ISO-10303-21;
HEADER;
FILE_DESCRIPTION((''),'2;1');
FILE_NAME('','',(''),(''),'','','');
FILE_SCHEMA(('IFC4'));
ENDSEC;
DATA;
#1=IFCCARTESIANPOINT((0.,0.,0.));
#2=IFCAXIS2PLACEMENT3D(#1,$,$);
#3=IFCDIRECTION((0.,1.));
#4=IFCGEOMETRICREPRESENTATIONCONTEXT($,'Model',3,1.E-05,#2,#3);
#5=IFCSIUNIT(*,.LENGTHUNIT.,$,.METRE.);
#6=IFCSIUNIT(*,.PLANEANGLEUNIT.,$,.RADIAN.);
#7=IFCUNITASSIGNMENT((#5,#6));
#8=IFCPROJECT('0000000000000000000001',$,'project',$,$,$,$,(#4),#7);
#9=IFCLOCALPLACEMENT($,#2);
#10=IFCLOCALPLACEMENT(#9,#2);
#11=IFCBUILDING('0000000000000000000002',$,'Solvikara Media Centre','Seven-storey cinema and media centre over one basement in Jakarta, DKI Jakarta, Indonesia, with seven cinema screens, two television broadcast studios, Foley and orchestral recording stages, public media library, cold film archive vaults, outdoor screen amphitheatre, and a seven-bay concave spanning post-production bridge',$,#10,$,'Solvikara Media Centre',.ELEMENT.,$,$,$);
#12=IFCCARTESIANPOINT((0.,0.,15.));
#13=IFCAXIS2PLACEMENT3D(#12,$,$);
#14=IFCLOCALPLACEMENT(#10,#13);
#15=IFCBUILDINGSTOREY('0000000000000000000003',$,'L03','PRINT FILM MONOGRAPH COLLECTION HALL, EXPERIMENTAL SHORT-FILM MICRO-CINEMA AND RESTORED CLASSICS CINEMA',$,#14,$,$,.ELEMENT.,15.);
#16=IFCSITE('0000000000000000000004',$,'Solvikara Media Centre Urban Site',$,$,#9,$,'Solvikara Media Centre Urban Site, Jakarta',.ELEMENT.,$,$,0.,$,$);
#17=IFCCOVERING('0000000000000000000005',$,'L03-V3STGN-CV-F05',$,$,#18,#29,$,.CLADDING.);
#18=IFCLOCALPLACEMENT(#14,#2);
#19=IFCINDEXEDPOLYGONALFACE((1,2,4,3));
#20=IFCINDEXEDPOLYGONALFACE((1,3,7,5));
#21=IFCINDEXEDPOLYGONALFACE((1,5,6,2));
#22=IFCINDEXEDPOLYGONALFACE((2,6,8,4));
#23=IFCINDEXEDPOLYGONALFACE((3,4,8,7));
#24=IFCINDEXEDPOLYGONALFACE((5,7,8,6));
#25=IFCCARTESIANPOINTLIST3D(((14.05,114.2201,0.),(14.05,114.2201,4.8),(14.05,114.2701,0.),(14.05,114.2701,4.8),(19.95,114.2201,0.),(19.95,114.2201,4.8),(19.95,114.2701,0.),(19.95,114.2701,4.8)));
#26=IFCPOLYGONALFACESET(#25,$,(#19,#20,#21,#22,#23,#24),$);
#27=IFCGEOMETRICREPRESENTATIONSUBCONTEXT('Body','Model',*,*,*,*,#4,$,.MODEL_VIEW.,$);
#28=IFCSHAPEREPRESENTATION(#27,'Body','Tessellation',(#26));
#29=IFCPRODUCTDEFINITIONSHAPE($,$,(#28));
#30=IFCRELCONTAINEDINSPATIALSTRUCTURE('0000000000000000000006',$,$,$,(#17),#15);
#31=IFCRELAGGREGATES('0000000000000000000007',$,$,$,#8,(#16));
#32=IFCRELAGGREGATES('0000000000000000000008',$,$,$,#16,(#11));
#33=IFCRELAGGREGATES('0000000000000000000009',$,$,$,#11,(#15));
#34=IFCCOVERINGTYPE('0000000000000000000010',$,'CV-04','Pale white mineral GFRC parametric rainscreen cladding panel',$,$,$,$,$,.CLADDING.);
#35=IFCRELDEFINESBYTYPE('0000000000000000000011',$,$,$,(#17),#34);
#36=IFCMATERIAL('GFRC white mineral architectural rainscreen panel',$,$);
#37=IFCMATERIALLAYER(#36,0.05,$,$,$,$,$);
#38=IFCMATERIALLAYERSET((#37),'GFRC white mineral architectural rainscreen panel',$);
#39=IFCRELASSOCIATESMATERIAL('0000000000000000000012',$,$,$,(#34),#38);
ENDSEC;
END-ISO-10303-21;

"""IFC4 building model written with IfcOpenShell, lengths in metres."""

from ifc_helpers import new_model, si_unit, direction, frame, origin, origin_2d, place, context, subcontext, project, spatial, rectangle, extrude, material, layer, layer_set, type_object, element, save


model = new_model("IFC4")

# Units and contexts
model_context = context("Model", 3, precision=1e-05, world=origin(), true_north=direction((0.0, 1.0)))
body_context = subcontext(model_context, "Body", "Model", "MODEL_VIEW")
ifc_project = project(units=[si_unit("LENGTHUNIT", "METRE"), si_unit("PLANEANGLEUNIT", "RADIAN")], contexts=[model_context])

# Site, building, storey
site_placement = place(None, origin())
site = spatial("IfcSite", under=ifc_project, at=site_placement, Name="Solvikara Media Centre Urban Site", LongName="Solvikara Media Centre Urban Site, Jakarta", CompositionType="ELEMENT", RefElevation=0.0)
building_placement = place(site_placement, origin())
building = spatial("IfcBuilding", under=site, at=building_placement, Name="Solvikara Media Centre", Description="Seven-storey cinema and media centre over one basement in Jakarta, DKI Jakarta, Indonesia, with seven cinema screens, two television broadcast studios, Foley and orchestral recording stages, public media library, cold film archive vaults, outdoor screen amphitheatre, and a seven-bay concave spanning post-production bridge", LongName="Solvikara Media Centre", CompositionType="ELEMENT")
storey_placement = place(building_placement, frame((0.0, 0.0, 15.0)))
storey = spatial("IfcBuildingStorey", under=building, at=storey_placement, Name="L03", Description="PRINT FILM MONOGRAPH COLLECTION HALL, EXPERIMENTAL SHORT-FILM MICRO-CINEMA AND RESTORED CLASSICS CINEMA", CompositionType="ELEMENT", Elevation=15.0)

# Covering
ifc_material_1 = material(Name="GFRC white mineral architectural rainscreen panel")
ifc_layer_1 = layer(ifc_material_1, 0.05)
ifc_layer_set_1 = layer_set([ifc_layer_1], Name="GFRC white mineral architectural rainscreen panel")
covering_type = type_object("IfcCoveringType", Name="CV-04", Description="Pale white mineral GFRC parametric rainscreen cladding panel", PredefinedType="CLADDING", material=ifc_layer_set_1)
covering_1_placement = place(storey_placement, frame((17.0, 114.2451, 0.0), z_axis=(0.0, 0.0, 1.0), x_axis=(1.0, 0.0, 0.0)))
element("IfcCovering", 1, at=covering_1_placement, inside=storey, type_object=covering_type, Name="L03-V3STGN-CV-F05", PredefinedType="CLADDING", context=body_context, shape_type="SweptSolid", body=[
    extrude(rectangle(XDim=5.8999, YDim=0.05, at=origin_2d()), origin(), (0.0, 0.0, 1.0), 4.8),
])

save(model, "model.ifc")
